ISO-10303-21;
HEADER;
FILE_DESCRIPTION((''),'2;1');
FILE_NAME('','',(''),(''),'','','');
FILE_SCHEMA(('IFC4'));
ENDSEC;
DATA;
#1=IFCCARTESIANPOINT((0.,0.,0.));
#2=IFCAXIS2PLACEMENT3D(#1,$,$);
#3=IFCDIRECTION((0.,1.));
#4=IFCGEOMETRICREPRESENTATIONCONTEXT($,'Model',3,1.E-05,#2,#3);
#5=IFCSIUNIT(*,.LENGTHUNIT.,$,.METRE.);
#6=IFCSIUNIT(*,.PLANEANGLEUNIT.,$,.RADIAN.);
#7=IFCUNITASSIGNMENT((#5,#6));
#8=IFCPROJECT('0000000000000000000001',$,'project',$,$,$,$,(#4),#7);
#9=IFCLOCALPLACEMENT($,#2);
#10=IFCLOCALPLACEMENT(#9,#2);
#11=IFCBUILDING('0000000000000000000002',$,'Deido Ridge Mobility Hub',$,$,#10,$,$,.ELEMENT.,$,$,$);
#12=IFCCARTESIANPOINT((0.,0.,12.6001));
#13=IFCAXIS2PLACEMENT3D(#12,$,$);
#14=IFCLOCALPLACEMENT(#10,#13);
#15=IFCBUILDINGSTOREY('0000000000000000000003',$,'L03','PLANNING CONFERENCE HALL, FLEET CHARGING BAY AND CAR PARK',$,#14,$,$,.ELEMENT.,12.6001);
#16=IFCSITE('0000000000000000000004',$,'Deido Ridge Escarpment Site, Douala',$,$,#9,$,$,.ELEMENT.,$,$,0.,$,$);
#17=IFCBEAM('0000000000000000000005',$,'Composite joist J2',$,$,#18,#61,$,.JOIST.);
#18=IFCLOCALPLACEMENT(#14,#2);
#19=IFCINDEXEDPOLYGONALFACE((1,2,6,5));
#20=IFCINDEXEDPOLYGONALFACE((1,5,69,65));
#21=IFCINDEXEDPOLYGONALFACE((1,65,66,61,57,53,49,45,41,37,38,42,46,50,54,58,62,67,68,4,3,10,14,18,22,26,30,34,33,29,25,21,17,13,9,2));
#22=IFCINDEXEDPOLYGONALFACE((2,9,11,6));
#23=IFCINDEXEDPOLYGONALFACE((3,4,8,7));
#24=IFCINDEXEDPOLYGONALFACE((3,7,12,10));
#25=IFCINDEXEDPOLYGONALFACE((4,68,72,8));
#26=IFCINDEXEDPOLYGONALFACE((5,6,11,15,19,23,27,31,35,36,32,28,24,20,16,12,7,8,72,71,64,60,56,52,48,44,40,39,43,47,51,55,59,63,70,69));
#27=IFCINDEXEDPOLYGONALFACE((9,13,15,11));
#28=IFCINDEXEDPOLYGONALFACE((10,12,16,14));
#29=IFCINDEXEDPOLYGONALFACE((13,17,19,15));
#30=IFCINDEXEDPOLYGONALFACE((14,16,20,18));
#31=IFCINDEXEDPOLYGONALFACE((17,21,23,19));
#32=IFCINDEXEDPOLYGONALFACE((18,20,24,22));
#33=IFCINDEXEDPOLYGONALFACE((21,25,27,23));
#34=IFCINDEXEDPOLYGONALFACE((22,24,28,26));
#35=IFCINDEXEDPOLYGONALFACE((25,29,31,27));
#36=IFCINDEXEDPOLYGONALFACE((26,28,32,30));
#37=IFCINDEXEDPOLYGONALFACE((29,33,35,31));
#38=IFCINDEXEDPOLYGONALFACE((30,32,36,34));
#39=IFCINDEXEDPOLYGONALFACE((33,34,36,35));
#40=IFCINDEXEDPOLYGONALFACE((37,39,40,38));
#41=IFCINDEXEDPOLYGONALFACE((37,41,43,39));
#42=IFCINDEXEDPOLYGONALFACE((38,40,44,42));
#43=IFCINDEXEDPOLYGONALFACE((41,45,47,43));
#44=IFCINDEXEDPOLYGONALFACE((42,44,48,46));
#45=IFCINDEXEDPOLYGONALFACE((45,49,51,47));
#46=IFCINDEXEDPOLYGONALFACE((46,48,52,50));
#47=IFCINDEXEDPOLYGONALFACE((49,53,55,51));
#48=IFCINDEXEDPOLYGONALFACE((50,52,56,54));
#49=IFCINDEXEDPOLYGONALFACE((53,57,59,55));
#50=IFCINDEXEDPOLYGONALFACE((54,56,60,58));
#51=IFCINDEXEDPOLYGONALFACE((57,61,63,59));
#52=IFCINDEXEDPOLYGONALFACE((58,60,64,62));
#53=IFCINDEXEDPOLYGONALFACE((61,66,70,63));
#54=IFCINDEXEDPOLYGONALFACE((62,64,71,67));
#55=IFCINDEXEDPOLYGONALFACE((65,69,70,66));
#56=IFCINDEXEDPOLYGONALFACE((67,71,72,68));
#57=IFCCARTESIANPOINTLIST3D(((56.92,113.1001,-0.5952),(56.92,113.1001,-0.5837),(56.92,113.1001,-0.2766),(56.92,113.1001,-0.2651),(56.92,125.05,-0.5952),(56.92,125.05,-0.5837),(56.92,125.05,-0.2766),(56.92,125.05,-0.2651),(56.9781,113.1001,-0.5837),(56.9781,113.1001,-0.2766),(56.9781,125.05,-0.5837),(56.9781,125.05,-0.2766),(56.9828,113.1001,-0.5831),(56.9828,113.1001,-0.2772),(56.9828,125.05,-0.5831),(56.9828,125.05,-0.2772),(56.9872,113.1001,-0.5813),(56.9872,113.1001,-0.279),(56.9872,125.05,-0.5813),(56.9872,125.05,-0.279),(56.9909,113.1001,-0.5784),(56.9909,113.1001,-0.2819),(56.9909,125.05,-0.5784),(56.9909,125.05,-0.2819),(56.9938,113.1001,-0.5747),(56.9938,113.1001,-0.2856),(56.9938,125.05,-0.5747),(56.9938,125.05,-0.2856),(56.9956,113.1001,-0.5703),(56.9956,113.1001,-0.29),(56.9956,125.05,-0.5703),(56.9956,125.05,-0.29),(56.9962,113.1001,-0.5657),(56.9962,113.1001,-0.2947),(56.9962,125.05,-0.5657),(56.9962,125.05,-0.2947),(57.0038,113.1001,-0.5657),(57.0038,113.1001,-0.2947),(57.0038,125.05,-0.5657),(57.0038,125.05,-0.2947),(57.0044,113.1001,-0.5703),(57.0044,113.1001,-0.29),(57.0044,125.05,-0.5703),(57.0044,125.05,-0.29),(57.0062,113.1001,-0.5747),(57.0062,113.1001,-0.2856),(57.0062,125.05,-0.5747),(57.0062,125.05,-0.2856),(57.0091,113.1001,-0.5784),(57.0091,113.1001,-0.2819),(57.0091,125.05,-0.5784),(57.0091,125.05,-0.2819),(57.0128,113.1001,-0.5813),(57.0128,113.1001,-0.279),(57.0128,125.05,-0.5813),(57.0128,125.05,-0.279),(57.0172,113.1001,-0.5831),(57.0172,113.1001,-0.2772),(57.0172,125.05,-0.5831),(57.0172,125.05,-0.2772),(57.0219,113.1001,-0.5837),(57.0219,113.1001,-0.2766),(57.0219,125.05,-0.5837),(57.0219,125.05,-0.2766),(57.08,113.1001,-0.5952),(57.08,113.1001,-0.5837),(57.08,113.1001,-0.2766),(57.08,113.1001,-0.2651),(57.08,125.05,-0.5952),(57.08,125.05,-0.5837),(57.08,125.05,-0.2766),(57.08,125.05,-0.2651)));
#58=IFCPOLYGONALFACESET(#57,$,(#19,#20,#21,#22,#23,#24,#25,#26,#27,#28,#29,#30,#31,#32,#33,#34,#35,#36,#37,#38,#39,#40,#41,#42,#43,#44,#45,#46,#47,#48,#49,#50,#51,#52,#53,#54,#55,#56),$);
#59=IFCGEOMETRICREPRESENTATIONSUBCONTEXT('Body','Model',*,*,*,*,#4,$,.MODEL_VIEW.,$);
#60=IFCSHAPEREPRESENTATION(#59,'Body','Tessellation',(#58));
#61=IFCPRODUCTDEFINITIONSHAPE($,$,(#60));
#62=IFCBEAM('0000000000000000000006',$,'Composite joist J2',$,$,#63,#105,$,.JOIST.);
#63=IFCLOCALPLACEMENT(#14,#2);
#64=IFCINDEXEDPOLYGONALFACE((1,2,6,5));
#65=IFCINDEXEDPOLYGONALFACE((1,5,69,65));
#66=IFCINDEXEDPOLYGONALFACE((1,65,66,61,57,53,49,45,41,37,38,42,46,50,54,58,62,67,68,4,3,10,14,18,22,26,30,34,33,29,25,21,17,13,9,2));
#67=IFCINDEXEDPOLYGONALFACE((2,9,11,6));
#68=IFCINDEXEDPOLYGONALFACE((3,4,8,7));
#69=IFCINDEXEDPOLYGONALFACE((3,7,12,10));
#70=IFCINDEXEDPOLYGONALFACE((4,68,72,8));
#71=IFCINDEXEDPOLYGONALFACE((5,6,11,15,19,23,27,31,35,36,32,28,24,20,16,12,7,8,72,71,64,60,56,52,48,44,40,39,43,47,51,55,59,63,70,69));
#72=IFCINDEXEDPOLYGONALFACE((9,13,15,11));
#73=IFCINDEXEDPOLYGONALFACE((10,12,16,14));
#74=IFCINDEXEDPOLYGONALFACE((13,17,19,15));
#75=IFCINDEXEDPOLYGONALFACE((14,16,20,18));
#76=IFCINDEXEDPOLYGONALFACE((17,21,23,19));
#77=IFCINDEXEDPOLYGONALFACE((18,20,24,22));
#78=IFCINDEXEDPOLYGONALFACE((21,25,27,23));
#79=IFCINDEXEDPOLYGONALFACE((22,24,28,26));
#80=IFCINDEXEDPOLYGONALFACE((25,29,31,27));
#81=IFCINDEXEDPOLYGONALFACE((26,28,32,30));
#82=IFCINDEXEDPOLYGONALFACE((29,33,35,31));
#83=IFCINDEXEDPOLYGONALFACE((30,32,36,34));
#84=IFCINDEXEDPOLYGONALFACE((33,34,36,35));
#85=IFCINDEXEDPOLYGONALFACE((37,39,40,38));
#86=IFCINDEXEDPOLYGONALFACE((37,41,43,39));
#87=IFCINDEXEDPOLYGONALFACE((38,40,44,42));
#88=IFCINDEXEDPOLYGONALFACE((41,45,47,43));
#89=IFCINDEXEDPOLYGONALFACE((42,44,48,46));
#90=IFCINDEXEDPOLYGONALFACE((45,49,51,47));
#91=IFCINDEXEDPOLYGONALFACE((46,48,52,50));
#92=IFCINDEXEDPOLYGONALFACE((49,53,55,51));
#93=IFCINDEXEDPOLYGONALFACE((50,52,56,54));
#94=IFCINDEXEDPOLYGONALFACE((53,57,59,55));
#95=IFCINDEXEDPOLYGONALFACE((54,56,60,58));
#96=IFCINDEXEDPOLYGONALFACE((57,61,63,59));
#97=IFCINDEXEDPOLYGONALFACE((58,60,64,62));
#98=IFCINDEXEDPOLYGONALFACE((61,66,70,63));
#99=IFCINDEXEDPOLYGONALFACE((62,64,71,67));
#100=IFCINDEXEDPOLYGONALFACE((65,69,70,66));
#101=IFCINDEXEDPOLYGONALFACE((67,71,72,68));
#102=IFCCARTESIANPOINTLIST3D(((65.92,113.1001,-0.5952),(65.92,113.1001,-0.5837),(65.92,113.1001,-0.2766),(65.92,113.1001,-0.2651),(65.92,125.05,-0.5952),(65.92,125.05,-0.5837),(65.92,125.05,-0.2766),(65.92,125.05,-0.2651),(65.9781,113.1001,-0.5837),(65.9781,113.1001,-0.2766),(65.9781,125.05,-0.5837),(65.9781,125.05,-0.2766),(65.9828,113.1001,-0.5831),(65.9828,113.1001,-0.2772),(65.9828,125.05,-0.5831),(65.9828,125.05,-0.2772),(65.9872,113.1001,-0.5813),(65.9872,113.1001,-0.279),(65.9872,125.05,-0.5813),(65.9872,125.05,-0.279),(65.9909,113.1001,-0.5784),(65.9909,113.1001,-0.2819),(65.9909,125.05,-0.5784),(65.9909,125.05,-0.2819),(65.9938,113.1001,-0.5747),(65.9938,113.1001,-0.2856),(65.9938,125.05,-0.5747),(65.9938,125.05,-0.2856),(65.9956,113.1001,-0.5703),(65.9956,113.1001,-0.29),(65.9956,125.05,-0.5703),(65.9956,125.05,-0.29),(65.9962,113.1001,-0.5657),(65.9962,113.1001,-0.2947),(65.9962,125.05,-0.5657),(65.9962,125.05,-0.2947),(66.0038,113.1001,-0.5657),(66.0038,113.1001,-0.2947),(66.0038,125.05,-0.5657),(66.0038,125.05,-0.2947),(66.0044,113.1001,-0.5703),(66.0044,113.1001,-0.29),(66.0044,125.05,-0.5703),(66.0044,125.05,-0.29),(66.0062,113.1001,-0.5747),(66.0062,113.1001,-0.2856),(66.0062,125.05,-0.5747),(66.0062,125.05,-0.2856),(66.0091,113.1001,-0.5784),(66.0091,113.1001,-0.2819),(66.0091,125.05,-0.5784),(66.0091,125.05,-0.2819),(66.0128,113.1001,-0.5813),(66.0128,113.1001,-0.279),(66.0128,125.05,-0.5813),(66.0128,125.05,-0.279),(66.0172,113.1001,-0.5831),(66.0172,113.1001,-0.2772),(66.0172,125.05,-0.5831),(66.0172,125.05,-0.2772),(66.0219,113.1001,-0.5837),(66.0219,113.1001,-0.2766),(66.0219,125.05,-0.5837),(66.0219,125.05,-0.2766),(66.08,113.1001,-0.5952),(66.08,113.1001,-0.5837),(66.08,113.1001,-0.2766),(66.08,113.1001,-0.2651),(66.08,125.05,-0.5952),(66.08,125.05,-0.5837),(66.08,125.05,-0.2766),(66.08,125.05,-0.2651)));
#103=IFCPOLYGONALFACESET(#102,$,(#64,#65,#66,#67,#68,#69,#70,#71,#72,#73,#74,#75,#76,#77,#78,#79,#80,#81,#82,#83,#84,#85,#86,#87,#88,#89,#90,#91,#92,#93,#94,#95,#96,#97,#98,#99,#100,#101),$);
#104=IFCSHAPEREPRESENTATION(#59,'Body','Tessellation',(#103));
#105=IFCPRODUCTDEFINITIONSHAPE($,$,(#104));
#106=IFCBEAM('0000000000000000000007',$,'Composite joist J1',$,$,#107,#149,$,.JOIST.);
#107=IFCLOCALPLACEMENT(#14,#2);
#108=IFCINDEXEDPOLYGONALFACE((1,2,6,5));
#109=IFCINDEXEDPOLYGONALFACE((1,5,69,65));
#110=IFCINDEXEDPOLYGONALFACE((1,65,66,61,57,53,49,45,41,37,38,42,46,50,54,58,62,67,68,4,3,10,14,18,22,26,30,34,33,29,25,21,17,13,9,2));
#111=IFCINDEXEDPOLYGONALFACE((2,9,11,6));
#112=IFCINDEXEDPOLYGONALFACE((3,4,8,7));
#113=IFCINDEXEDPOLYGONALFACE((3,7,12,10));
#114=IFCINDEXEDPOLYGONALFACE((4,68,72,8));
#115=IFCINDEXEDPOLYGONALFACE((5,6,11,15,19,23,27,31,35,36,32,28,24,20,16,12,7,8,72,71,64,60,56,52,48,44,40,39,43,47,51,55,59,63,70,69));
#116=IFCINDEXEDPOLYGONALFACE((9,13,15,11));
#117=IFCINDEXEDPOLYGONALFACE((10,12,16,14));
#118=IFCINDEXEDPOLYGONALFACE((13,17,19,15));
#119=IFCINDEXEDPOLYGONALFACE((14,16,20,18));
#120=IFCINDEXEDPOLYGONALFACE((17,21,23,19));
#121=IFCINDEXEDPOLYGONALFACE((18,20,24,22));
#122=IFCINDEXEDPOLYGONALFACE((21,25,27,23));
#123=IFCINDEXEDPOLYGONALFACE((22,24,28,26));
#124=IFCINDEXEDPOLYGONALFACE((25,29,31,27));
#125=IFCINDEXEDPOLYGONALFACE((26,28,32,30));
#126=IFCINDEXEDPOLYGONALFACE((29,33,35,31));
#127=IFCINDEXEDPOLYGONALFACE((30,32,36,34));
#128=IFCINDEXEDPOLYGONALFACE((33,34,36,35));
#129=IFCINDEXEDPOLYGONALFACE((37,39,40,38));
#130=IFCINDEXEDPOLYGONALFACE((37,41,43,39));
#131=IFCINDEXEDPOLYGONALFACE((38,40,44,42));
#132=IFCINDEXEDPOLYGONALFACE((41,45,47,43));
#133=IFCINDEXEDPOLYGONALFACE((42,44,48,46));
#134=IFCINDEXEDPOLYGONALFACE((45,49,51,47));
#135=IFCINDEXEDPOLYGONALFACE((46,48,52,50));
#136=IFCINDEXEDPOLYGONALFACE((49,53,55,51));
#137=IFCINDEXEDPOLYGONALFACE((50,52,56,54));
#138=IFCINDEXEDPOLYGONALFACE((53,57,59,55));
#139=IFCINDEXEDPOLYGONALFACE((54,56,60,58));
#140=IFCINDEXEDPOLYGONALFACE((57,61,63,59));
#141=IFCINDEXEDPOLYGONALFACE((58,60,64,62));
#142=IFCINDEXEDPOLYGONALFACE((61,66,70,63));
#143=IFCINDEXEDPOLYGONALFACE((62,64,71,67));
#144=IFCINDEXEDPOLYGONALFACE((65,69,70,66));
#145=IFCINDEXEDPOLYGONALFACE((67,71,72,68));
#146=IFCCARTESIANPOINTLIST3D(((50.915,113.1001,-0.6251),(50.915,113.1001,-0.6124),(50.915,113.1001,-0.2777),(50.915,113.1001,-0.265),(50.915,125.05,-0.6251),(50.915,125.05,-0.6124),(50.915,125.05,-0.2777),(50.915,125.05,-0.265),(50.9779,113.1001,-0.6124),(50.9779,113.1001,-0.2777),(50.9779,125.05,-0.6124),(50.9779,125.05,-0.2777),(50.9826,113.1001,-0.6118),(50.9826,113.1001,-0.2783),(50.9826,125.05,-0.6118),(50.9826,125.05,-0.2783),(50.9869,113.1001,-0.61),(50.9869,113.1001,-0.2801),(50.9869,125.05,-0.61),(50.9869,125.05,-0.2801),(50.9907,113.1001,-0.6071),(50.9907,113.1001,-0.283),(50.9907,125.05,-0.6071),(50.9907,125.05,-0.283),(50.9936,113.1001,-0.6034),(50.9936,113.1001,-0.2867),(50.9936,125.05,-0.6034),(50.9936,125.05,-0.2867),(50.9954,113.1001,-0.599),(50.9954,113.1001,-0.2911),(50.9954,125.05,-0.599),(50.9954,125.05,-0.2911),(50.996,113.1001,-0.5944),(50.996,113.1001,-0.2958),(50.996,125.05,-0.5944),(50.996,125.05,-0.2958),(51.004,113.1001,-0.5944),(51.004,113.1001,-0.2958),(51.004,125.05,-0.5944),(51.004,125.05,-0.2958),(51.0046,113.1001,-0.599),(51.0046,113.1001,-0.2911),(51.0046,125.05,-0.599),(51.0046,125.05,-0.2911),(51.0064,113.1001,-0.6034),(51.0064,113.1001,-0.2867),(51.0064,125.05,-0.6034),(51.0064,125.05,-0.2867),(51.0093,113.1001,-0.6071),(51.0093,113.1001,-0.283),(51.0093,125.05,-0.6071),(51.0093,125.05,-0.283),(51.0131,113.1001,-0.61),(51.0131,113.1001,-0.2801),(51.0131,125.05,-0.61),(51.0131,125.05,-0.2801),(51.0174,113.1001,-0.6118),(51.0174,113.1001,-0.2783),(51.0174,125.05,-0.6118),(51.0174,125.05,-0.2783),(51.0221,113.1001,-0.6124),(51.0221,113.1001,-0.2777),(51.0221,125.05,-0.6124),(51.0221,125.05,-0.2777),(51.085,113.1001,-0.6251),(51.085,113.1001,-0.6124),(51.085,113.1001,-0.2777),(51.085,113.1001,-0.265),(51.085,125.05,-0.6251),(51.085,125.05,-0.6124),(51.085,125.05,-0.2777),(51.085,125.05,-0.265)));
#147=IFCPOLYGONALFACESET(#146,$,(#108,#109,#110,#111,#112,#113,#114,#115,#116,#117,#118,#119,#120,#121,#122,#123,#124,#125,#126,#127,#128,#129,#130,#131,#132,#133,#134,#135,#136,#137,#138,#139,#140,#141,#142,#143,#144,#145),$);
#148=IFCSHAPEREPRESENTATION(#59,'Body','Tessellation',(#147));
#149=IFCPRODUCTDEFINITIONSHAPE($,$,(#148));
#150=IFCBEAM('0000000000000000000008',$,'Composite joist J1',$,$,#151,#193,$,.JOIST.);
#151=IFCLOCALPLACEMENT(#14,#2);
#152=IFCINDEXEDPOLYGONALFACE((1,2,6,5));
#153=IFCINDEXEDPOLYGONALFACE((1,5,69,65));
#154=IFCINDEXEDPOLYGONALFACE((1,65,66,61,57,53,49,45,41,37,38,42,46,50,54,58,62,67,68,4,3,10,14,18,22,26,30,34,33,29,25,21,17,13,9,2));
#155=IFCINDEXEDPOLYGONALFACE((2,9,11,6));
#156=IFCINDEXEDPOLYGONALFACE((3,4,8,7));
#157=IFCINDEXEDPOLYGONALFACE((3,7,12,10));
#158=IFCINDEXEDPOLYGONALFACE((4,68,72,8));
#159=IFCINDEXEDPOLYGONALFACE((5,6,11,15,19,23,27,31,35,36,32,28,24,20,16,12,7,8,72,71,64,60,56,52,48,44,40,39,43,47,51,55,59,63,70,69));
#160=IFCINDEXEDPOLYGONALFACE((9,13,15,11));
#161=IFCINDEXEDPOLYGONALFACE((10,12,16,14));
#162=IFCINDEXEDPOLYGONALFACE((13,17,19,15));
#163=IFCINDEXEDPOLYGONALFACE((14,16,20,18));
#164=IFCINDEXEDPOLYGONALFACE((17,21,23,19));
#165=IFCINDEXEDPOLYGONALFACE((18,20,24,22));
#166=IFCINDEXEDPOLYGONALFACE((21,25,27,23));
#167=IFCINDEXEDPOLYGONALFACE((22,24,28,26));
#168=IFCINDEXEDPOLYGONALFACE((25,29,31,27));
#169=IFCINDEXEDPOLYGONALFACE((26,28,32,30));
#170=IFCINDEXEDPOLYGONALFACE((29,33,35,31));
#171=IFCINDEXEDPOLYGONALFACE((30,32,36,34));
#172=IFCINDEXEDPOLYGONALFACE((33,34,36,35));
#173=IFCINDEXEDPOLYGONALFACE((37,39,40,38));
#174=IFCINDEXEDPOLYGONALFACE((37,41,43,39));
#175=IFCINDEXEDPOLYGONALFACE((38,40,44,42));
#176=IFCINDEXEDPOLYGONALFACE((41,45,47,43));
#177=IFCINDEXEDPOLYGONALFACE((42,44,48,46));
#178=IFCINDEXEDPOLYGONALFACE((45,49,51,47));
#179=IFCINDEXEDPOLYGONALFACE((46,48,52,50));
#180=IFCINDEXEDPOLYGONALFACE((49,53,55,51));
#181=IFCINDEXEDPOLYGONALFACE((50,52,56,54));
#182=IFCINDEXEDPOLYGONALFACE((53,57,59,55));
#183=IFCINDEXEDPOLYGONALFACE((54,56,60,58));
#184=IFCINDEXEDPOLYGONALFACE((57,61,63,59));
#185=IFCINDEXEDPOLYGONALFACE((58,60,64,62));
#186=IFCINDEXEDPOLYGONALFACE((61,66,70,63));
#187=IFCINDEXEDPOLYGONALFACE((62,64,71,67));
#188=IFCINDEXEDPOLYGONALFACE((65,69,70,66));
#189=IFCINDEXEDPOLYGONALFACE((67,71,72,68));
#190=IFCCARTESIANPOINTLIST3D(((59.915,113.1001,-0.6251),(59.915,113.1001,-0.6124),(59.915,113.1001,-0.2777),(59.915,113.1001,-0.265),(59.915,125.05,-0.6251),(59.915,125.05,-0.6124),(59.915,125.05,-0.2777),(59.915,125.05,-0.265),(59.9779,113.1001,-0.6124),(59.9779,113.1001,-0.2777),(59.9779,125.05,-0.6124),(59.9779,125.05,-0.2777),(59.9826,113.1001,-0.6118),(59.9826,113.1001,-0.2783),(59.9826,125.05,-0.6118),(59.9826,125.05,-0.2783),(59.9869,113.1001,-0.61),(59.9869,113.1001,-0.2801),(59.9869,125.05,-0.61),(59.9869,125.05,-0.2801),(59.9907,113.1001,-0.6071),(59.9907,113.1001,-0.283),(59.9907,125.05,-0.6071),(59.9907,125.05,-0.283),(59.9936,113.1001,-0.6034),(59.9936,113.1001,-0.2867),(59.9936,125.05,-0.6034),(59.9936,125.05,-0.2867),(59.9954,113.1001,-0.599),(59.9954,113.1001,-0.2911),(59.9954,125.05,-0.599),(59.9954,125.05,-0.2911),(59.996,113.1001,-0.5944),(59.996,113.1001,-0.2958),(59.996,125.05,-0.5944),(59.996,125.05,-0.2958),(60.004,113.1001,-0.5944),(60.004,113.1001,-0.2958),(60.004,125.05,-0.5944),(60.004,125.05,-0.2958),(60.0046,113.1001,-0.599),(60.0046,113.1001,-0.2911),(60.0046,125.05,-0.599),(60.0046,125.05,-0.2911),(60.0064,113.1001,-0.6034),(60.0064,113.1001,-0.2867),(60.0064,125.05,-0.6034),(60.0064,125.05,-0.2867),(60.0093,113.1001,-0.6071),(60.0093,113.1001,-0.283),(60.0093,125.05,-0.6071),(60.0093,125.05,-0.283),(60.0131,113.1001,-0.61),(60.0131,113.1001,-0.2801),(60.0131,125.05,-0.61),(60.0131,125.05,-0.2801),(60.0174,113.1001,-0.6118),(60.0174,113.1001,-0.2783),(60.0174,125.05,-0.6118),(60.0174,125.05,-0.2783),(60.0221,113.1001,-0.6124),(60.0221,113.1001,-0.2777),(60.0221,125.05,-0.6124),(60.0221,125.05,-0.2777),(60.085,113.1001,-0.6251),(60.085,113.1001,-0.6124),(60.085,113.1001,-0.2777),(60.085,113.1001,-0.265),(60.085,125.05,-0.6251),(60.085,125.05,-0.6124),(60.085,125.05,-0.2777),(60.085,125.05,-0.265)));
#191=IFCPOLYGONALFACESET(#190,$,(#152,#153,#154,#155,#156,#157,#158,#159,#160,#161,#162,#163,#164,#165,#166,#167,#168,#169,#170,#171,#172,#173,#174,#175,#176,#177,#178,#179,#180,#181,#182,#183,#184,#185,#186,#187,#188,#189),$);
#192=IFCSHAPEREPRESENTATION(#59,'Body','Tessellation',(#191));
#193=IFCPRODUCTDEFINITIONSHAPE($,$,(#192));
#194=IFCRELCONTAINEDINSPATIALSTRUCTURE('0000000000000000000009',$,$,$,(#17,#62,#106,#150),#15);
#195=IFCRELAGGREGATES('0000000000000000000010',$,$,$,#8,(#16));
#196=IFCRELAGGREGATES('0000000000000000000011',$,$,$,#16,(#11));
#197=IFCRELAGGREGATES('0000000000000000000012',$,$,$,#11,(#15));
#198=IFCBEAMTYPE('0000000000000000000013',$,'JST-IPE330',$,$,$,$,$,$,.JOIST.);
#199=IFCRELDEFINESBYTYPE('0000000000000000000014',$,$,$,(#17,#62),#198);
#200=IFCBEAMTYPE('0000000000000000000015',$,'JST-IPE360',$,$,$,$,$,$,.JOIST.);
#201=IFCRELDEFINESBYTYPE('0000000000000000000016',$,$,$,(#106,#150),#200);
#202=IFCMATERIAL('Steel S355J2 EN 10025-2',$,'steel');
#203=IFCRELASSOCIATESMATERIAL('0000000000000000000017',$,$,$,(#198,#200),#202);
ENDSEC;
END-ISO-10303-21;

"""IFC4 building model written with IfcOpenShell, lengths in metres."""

from ifc_helpers import new_model, si_unit, direction, frame, origin, origin_2d, place, context, subcontext, project, spatial, i_section, extrude, material, material_profile, profile_set, type_object, element, save


model = new_model("IFC4")

# Units and contexts
model_context = context("Model", 3, precision=1e-05, world=origin(), true_north=direction((0.0, 1.0)))
body_context = subcontext(model_context, "Body", "Model", "MODEL_VIEW")
ifc_project = project(units=[si_unit("LENGTHUNIT", "METRE"), si_unit("PLANEANGLEUNIT", "RADIAN")], contexts=[model_context])

# Site, building, storey
site_placement = place(None, origin())
site = spatial("IfcSite", under=ifc_project, at=site_placement, Name="Deido Ridge Escarpment Site, Douala", CompositionType="ELEMENT", RefElevation=0.0)
building_placement = place(site_placement, origin())
building = spatial("IfcBuilding", under=site, at=building_placement, Name="Deido Ridge Mobility Hub", CompositionType="ELEMENT")
storey_placement = place(building_placement, frame((0.0, 0.0, 12.6001)))
storey = spatial("IfcBuildingStorey", under=building, at=storey_placement, Name="L03", Description="PLANNING CONFERENCE HALL, FLEET CHARGING BAY AND CAR PARK", CompositionType="ELEMENT", Elevation=12.6001)

# Shared definitions
ifc_material_1 = material(Name="Steel S355J2 EN 10025-2", Category="steel")

# Beams
ifc_material_profile_1 = material_profile(ifc_material_1, i_section(OverallWidth=0.1599, OverallDepth=0.3301, WebThickness=0.0076, FlangeThickness=0.0115, FilletRadius=0.0181, at=origin_2d()), Name="IPE 330")
ifc_profile_set_1 = profile_set([ifc_material_profile_1], Name="Steel S355J2 EN 10025-2")
beam_type_1 = type_object("IfcBeamType", Name="JST-IPE330", PredefinedType="JOIST", material=ifc_profile_set_1)
for number, where, z_axis, x_axis, name in (
    (1, (57.0, 113.1001, -0.4302), (0.0, 1.0, 0.0), (-1.0, 0.0, 0.0), "Composite joist J2"),
    (2, (66.0, 113.1001, -0.4302), (0.0, 1.0, 0.0), (-1.0, 0.0, 0.0), "Composite joist J2"),
):
    element("IfcBeam", number, at=place(storey_placement, frame(where, z_axis=z_axis, x_axis=x_axis)), inside=storey, type_object=beam_type_1, Name=name, PredefinedType="JOIST", context=body_context, shape_type="SweptSolid", body=[
        extrude(i_section(OverallWidth=0.1599, OverallDepth=0.3301, WebThickness=0.0076, FlangeThickness=0.0115, FilletRadius=0.0181, at=origin_2d()), origin(), (0.0, 0.0, 1.0), 11.95),
    ])
ifc_material_profile_2 = material_profile(ifc_material_1, i_section(OverallWidth=0.1699, OverallDepth=0.3601, WebThickness=0.0081, FlangeThickness=0.0127, FilletRadius=0.0181, at=origin_2d()), Name="IPE 360")
ifc_profile_set_2 = profile_set([ifc_material_profile_2], Name="Steel S355J2 EN 10025-2")
beam_type_2 = type_object("IfcBeamType", Name="JST-IPE360", PredefinedType="JOIST", material=ifc_profile_set_2)
for number, where, z_axis, x_axis, name in (
    (3, (51.0, 113.1001, -0.4451), (0.0, 1.0, 0.0), (-1.0, 0.0, 0.0), "Composite joist J1"),
    (4, (60.0, 113.1001, -0.4451), (0.0, 1.0, 0.0), (-1.0, 0.0, 0.0), "Composite joist J1"),
):
    element("IfcBeam", number, at=place(storey_placement, frame(where, z_axis=z_axis, x_axis=x_axis)), inside=storey, type_object=beam_type_2, Name=name, PredefinedType="JOIST", context=body_context, shape_type="SweptSolid", body=[
        extrude(i_section(OverallWidth=0.1699, OverallDepth=0.3601, WebThickness=0.0081, FlangeThickness=0.0127, FilletRadius=0.0181, at=origin_2d()), origin(), (0.0, 0.0, 1.0), 11.95),
    ])

save(model, "model.ifc")
